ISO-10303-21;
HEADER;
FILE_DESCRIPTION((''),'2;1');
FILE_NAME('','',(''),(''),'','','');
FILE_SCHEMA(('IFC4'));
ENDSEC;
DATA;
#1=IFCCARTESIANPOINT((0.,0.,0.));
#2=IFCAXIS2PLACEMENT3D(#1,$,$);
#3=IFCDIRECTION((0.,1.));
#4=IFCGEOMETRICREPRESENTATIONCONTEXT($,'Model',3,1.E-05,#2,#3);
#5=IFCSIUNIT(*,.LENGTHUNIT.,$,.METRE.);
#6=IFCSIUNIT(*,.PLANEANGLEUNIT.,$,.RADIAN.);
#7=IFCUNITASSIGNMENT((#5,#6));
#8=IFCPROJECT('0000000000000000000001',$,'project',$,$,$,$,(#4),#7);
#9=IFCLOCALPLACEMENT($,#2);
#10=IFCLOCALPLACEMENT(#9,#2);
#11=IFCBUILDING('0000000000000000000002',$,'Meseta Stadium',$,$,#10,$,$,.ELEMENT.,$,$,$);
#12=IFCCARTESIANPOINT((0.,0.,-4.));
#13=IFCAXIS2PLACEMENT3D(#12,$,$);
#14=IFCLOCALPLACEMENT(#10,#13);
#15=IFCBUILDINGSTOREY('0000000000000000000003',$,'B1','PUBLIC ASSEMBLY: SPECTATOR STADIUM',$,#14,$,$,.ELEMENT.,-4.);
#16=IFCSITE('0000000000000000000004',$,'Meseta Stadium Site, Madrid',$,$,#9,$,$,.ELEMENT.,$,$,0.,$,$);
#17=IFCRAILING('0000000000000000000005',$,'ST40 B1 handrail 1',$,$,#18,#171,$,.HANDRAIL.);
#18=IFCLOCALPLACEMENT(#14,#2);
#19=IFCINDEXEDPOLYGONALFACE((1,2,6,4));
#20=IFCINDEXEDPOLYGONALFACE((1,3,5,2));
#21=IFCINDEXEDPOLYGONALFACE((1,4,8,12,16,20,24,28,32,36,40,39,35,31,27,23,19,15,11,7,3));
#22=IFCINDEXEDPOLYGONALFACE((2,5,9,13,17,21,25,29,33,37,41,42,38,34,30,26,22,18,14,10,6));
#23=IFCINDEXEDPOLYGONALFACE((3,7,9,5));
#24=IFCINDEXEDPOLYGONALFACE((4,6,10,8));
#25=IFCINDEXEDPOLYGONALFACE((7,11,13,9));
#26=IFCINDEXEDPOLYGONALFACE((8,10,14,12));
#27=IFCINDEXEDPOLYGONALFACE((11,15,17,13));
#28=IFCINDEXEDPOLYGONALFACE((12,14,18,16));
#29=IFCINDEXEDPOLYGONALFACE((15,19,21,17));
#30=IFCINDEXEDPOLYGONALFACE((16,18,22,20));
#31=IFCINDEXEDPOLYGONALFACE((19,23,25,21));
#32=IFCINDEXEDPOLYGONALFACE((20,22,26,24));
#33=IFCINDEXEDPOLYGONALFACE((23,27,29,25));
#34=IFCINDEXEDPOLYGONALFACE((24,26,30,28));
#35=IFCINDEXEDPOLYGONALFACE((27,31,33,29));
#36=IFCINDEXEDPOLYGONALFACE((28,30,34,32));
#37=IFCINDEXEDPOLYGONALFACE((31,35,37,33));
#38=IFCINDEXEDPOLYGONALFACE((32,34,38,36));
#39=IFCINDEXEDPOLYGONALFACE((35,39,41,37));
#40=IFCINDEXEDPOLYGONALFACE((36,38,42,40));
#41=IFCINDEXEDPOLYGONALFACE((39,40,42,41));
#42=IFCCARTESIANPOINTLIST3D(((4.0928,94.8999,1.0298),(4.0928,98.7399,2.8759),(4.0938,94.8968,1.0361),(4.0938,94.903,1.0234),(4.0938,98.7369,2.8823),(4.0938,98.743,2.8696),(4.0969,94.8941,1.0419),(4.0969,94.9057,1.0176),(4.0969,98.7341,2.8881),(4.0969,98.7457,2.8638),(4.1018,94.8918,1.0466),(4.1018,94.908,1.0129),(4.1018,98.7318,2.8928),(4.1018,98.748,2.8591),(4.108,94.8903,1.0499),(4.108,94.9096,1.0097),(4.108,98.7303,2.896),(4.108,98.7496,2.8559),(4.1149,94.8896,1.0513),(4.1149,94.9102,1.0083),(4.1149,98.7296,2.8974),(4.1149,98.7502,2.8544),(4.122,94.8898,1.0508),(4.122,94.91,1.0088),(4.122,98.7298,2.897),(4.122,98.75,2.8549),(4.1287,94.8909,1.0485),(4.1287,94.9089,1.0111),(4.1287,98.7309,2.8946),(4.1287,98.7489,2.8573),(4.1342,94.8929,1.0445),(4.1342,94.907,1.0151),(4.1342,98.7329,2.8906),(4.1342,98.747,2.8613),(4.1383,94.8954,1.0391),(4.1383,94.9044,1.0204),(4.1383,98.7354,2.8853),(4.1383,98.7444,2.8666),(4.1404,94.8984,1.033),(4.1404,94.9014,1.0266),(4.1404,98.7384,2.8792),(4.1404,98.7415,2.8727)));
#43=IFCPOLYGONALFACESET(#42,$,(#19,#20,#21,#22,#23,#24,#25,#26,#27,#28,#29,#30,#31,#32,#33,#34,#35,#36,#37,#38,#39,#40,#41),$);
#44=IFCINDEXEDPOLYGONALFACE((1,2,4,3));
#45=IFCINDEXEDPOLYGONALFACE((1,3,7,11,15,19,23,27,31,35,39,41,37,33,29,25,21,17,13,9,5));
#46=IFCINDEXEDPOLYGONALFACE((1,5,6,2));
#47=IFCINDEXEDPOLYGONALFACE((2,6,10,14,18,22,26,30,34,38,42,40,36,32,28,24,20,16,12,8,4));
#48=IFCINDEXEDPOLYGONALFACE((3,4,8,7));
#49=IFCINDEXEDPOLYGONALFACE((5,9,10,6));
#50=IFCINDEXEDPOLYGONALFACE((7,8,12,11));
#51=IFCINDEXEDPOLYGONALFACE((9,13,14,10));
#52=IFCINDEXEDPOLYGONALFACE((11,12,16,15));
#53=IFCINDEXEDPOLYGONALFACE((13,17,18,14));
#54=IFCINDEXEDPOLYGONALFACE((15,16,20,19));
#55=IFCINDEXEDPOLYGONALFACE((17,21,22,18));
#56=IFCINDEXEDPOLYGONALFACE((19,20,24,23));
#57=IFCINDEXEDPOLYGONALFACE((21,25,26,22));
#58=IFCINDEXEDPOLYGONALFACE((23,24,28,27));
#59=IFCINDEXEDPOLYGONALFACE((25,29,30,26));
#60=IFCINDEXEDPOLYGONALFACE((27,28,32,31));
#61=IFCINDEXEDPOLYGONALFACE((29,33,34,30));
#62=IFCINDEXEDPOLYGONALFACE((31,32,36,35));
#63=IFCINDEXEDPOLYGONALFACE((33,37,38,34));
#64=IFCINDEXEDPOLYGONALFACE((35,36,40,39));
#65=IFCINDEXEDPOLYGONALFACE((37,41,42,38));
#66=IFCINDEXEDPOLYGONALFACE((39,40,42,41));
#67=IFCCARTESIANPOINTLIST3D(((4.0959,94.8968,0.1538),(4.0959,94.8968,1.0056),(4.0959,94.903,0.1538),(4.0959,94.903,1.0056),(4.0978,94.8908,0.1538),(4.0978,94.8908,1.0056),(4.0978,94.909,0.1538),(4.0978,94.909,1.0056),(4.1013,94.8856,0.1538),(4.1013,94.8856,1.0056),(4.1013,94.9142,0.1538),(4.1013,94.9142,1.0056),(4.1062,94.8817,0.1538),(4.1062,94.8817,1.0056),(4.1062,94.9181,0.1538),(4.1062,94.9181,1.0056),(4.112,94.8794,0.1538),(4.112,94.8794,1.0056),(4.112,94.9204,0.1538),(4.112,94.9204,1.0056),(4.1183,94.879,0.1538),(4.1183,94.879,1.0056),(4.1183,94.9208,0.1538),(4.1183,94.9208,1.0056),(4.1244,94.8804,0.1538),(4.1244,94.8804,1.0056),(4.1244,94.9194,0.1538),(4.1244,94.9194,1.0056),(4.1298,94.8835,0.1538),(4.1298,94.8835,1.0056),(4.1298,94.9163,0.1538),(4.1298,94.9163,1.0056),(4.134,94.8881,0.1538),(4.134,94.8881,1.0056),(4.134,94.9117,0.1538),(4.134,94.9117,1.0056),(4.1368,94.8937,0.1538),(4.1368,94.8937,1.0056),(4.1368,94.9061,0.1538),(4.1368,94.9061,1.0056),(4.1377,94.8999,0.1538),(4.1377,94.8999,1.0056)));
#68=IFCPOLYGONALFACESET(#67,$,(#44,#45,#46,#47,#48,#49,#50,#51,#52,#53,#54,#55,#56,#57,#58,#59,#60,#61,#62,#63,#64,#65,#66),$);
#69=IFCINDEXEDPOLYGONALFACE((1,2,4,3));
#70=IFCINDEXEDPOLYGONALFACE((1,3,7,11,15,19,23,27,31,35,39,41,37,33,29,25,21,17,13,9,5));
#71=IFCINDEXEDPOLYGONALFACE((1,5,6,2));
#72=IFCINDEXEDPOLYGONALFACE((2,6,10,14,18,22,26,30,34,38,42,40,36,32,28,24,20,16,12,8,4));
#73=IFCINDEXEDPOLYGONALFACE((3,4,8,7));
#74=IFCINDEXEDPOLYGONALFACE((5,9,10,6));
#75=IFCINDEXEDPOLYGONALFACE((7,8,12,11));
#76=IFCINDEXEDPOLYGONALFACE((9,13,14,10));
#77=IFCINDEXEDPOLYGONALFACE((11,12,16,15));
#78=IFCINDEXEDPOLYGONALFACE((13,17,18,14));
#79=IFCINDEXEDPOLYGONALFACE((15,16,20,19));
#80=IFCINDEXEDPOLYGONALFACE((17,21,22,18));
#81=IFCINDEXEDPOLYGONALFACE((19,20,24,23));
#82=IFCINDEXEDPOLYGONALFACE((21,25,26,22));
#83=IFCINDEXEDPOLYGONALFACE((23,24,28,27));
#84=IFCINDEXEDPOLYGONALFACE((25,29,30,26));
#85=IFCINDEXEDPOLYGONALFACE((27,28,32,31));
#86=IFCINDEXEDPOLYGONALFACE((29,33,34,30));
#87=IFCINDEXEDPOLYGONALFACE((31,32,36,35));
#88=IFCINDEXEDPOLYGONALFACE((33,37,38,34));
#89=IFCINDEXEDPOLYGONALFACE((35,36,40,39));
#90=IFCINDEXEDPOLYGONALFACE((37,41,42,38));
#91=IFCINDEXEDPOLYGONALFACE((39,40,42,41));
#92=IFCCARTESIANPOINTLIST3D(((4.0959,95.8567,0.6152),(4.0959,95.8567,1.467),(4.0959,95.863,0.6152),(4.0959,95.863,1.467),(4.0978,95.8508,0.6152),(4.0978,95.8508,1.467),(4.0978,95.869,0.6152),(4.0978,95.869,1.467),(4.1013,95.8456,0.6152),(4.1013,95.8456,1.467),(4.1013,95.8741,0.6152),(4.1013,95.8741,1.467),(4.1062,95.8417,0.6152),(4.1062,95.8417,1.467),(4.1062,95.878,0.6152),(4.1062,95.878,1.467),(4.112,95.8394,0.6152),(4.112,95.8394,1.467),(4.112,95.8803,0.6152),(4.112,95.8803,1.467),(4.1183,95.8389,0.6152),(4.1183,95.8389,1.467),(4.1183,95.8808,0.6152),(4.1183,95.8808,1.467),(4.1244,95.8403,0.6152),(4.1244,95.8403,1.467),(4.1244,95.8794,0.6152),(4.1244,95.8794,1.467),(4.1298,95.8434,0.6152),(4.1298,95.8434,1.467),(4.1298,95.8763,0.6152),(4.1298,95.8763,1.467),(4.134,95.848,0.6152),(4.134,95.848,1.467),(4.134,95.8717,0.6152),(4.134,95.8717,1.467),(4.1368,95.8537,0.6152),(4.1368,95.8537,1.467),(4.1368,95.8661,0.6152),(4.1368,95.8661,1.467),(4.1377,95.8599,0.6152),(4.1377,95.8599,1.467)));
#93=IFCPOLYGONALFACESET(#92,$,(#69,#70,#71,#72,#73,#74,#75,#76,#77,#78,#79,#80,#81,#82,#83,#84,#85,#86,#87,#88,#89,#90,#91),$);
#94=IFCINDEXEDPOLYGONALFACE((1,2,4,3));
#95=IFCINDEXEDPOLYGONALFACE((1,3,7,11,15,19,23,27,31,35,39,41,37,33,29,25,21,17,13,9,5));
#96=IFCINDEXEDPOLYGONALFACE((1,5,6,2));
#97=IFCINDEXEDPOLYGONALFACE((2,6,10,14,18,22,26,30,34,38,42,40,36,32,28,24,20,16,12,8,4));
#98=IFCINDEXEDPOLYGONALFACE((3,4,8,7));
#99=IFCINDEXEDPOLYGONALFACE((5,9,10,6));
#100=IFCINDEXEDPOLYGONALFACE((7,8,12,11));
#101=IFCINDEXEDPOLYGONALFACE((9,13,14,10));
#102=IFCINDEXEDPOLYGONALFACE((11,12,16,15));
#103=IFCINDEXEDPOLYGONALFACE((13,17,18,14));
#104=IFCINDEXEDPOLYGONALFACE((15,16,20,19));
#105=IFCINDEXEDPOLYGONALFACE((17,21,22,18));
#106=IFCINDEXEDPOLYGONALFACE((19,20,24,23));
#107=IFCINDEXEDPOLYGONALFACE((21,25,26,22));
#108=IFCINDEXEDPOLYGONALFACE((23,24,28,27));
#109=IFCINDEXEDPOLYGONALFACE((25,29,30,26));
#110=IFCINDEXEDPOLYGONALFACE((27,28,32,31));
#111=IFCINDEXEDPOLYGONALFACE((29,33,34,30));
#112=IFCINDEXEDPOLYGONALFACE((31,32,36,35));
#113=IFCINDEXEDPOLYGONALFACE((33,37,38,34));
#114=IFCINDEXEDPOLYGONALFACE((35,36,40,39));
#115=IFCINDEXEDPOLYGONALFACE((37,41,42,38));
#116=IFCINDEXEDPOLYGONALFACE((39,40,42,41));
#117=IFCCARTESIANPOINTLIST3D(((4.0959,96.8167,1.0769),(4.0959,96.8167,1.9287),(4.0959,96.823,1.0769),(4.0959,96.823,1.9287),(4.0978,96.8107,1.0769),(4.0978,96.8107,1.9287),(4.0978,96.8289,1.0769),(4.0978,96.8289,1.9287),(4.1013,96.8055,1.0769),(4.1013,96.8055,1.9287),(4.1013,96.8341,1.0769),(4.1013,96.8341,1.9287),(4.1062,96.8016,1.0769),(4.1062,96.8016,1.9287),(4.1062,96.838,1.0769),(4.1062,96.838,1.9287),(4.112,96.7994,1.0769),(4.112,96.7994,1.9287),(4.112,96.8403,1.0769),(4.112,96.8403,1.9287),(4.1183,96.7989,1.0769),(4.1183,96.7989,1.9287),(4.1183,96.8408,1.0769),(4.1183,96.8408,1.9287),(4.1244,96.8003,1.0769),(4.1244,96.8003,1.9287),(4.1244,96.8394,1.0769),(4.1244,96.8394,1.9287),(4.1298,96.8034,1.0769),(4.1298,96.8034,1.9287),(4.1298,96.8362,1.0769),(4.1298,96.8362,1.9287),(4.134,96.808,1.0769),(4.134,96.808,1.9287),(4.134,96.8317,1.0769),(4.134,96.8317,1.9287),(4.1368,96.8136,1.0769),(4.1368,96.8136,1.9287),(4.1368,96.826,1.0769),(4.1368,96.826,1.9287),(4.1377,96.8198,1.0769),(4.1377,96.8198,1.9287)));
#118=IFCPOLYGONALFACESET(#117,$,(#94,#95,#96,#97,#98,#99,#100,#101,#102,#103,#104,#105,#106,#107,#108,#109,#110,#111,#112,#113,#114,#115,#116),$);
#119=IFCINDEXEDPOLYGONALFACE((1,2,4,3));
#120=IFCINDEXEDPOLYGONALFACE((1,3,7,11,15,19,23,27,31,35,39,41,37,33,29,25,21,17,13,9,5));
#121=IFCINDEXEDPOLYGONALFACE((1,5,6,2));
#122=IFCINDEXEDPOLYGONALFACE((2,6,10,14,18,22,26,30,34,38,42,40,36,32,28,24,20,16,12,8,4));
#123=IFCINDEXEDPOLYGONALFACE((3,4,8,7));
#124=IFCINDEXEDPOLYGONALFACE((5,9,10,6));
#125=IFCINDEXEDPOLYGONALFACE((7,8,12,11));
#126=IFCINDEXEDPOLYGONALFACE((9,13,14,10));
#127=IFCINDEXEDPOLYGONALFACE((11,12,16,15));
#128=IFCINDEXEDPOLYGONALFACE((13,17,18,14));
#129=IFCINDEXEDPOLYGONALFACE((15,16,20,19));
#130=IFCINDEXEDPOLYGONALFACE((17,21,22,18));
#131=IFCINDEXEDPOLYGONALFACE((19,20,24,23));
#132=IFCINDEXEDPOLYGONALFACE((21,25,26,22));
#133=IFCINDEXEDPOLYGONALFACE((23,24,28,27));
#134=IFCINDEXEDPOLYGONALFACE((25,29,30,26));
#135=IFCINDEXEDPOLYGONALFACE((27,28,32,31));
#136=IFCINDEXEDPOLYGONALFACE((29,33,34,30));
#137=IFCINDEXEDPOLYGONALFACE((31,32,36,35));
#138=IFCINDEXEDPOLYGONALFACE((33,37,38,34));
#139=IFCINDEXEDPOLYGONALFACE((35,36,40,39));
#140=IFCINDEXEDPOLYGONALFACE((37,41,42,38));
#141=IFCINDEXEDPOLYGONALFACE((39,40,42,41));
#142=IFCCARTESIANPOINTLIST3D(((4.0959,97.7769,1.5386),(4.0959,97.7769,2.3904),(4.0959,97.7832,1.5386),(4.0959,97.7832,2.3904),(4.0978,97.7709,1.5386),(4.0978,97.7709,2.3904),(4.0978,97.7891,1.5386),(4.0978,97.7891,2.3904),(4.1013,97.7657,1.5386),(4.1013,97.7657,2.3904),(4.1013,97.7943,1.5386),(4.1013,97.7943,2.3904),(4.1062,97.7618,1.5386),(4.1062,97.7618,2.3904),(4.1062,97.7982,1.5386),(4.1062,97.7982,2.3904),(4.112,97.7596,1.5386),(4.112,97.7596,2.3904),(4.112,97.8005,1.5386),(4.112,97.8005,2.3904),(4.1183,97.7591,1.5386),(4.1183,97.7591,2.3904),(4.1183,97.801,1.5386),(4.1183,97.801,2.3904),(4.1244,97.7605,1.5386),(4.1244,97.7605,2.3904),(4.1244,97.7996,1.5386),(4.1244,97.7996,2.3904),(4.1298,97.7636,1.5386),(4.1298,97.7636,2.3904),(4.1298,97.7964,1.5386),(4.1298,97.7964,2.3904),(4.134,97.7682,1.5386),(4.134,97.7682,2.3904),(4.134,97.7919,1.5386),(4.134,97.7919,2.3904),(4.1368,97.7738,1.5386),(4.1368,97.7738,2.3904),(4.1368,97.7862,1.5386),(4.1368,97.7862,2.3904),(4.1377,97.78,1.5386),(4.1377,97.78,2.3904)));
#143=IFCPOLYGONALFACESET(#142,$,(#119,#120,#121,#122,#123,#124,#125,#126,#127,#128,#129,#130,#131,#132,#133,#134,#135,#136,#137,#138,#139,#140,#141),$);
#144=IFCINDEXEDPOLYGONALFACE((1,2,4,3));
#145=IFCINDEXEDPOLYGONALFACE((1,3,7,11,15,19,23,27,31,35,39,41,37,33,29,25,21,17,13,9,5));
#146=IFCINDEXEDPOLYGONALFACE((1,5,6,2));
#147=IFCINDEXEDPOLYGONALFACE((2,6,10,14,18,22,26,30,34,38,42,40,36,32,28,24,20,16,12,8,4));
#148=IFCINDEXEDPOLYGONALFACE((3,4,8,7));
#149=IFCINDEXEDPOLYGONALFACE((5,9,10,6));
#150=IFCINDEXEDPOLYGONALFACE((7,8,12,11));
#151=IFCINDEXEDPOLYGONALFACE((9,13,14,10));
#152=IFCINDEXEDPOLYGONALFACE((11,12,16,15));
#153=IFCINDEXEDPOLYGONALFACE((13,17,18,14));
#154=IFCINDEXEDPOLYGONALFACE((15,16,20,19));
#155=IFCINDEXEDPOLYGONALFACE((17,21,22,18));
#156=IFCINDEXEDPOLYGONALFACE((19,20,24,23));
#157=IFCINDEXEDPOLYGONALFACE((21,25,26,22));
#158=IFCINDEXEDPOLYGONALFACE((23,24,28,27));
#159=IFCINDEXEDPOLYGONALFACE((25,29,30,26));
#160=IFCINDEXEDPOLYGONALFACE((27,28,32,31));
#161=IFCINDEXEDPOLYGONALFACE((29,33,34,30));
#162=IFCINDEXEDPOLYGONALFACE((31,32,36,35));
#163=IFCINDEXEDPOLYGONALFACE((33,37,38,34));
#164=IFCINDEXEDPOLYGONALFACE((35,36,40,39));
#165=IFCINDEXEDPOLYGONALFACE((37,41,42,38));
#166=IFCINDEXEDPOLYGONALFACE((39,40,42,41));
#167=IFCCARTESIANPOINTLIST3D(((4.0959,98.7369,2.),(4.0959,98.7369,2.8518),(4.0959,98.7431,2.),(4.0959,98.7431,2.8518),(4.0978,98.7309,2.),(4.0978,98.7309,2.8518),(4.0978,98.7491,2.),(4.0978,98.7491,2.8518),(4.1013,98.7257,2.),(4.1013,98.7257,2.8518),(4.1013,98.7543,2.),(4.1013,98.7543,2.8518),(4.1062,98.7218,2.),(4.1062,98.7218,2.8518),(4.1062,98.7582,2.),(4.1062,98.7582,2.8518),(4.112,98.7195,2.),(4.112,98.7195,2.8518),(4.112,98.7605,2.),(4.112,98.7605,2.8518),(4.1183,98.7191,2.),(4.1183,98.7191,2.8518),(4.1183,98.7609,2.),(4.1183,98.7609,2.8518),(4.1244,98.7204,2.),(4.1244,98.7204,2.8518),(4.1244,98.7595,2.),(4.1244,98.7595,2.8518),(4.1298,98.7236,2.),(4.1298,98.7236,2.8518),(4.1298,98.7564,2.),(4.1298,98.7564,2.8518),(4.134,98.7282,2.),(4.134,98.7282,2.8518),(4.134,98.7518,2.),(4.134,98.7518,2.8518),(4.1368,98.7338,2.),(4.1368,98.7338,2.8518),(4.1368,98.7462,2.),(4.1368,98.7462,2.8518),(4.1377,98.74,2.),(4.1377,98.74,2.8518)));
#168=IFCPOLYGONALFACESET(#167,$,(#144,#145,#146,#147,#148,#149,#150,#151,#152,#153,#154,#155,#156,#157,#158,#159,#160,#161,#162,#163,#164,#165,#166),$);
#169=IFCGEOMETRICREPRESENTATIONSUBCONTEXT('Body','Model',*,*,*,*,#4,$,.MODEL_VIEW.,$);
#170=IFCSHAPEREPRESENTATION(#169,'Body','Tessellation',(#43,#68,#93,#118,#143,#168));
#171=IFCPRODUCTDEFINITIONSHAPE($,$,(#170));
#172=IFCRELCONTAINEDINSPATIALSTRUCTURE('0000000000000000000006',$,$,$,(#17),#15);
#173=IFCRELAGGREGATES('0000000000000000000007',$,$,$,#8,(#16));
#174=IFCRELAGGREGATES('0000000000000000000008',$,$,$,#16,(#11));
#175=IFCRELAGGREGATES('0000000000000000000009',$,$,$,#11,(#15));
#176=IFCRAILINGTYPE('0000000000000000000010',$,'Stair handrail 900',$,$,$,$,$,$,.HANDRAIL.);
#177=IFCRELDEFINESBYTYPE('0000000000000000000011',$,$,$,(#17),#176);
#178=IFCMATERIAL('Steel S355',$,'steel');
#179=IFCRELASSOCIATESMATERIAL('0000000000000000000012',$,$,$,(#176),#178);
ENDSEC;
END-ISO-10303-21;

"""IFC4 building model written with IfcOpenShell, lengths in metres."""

from ifc_helpers import new_model, si_unit, direction, frame, origin, origin_2d, place, context, subcontext, project, spatial, circle, extrude, material, type_object, element, save


model = new_model("IFC4")

# Units and contexts
model_context = context("Model", 3, precision=1e-05, world=origin(), true_north=direction((0.0, 1.0)))
body_context = subcontext(model_context, "Body", "Model", "MODEL_VIEW")
ifc_project = project(units=[si_unit("LENGTHUNIT", "METRE"), si_unit("PLANEANGLEUNIT", "RADIAN")], contexts=[model_context])

# Site, building, storey
site_placement = place(None, origin())
site = spatial("IfcSite", under=ifc_project, at=site_placement, Name="Meseta Stadium Site, Madrid", CompositionType="ELEMENT", RefElevation=0.0)
building_placement = place(site_placement, origin())
building = spatial("IfcBuilding", under=site, at=building_placement, Name="Meseta Stadium", CompositionType="ELEMENT")
storey_placement = place(building_placement, frame((0.0, 0.0, -4.0)))
storey = spatial("IfcBuildingStorey", under=building, at=storey_placement, Name="B1", Description="PUBLIC ASSEMBLY: SPECTATOR STADIUM", CompositionType="ELEMENT", Elevation=-4.0)

# Railing
ifc_material_1 = material(Name="Steel S355", Category="steel")
railing_type_1 = type_object("IfcRailingType", Name="Stair handrail 900", PredefinedType="HANDRAIL", material=ifc_material_1)
railing_1_placement = place(storey_placement, frame((4.1167, 94.8999, 0.1538)))
element("IfcRailing", 1, at=railing_1_placement, inside=storey, type_object=railing_type_1, Name="ST40 B1 handrail 1", PredefinedType="HANDRAIL", context=body_context, shape_type="SweptSolid", body=[
    extrude(circle(Radius=0.0239, at=origin_2d()), frame((0.0, 0.0, 0.876), z_axis=(0.0, 0.901253, 0.433294), x_axis=(-1.0, 0.0, 0.0)), (0.0, 0.0, 1.0), 4.2607),
    extrude(circle(Radius=0.021, at=origin_2d()), origin(), (0.0, 0.0, 1.0), 0.8518),
    extrude(circle(Radius=0.021, at=origin_2d()), frame((0.0, 0.96, 0.4614)), (0.0, 0.0, 1.0), 0.8518),
    extrude(circle(Radius=0.021, at=origin_2d()), frame((0.0, 1.9199, 0.9231)), (0.0, 0.0, 1.0), 0.8518),
    extrude(circle(Radius=0.021, at=origin_2d()), frame((0.0, 2.8801, 1.3848)), (0.0, 0.0, 1.0), 0.8518),
    extrude(circle(Radius=0.021, at=origin_2d()), frame((0.0, 3.8401, 1.8462)), (0.0, 0.0, 1.0), 0.8518),
])

save(model, "model.ifc")
